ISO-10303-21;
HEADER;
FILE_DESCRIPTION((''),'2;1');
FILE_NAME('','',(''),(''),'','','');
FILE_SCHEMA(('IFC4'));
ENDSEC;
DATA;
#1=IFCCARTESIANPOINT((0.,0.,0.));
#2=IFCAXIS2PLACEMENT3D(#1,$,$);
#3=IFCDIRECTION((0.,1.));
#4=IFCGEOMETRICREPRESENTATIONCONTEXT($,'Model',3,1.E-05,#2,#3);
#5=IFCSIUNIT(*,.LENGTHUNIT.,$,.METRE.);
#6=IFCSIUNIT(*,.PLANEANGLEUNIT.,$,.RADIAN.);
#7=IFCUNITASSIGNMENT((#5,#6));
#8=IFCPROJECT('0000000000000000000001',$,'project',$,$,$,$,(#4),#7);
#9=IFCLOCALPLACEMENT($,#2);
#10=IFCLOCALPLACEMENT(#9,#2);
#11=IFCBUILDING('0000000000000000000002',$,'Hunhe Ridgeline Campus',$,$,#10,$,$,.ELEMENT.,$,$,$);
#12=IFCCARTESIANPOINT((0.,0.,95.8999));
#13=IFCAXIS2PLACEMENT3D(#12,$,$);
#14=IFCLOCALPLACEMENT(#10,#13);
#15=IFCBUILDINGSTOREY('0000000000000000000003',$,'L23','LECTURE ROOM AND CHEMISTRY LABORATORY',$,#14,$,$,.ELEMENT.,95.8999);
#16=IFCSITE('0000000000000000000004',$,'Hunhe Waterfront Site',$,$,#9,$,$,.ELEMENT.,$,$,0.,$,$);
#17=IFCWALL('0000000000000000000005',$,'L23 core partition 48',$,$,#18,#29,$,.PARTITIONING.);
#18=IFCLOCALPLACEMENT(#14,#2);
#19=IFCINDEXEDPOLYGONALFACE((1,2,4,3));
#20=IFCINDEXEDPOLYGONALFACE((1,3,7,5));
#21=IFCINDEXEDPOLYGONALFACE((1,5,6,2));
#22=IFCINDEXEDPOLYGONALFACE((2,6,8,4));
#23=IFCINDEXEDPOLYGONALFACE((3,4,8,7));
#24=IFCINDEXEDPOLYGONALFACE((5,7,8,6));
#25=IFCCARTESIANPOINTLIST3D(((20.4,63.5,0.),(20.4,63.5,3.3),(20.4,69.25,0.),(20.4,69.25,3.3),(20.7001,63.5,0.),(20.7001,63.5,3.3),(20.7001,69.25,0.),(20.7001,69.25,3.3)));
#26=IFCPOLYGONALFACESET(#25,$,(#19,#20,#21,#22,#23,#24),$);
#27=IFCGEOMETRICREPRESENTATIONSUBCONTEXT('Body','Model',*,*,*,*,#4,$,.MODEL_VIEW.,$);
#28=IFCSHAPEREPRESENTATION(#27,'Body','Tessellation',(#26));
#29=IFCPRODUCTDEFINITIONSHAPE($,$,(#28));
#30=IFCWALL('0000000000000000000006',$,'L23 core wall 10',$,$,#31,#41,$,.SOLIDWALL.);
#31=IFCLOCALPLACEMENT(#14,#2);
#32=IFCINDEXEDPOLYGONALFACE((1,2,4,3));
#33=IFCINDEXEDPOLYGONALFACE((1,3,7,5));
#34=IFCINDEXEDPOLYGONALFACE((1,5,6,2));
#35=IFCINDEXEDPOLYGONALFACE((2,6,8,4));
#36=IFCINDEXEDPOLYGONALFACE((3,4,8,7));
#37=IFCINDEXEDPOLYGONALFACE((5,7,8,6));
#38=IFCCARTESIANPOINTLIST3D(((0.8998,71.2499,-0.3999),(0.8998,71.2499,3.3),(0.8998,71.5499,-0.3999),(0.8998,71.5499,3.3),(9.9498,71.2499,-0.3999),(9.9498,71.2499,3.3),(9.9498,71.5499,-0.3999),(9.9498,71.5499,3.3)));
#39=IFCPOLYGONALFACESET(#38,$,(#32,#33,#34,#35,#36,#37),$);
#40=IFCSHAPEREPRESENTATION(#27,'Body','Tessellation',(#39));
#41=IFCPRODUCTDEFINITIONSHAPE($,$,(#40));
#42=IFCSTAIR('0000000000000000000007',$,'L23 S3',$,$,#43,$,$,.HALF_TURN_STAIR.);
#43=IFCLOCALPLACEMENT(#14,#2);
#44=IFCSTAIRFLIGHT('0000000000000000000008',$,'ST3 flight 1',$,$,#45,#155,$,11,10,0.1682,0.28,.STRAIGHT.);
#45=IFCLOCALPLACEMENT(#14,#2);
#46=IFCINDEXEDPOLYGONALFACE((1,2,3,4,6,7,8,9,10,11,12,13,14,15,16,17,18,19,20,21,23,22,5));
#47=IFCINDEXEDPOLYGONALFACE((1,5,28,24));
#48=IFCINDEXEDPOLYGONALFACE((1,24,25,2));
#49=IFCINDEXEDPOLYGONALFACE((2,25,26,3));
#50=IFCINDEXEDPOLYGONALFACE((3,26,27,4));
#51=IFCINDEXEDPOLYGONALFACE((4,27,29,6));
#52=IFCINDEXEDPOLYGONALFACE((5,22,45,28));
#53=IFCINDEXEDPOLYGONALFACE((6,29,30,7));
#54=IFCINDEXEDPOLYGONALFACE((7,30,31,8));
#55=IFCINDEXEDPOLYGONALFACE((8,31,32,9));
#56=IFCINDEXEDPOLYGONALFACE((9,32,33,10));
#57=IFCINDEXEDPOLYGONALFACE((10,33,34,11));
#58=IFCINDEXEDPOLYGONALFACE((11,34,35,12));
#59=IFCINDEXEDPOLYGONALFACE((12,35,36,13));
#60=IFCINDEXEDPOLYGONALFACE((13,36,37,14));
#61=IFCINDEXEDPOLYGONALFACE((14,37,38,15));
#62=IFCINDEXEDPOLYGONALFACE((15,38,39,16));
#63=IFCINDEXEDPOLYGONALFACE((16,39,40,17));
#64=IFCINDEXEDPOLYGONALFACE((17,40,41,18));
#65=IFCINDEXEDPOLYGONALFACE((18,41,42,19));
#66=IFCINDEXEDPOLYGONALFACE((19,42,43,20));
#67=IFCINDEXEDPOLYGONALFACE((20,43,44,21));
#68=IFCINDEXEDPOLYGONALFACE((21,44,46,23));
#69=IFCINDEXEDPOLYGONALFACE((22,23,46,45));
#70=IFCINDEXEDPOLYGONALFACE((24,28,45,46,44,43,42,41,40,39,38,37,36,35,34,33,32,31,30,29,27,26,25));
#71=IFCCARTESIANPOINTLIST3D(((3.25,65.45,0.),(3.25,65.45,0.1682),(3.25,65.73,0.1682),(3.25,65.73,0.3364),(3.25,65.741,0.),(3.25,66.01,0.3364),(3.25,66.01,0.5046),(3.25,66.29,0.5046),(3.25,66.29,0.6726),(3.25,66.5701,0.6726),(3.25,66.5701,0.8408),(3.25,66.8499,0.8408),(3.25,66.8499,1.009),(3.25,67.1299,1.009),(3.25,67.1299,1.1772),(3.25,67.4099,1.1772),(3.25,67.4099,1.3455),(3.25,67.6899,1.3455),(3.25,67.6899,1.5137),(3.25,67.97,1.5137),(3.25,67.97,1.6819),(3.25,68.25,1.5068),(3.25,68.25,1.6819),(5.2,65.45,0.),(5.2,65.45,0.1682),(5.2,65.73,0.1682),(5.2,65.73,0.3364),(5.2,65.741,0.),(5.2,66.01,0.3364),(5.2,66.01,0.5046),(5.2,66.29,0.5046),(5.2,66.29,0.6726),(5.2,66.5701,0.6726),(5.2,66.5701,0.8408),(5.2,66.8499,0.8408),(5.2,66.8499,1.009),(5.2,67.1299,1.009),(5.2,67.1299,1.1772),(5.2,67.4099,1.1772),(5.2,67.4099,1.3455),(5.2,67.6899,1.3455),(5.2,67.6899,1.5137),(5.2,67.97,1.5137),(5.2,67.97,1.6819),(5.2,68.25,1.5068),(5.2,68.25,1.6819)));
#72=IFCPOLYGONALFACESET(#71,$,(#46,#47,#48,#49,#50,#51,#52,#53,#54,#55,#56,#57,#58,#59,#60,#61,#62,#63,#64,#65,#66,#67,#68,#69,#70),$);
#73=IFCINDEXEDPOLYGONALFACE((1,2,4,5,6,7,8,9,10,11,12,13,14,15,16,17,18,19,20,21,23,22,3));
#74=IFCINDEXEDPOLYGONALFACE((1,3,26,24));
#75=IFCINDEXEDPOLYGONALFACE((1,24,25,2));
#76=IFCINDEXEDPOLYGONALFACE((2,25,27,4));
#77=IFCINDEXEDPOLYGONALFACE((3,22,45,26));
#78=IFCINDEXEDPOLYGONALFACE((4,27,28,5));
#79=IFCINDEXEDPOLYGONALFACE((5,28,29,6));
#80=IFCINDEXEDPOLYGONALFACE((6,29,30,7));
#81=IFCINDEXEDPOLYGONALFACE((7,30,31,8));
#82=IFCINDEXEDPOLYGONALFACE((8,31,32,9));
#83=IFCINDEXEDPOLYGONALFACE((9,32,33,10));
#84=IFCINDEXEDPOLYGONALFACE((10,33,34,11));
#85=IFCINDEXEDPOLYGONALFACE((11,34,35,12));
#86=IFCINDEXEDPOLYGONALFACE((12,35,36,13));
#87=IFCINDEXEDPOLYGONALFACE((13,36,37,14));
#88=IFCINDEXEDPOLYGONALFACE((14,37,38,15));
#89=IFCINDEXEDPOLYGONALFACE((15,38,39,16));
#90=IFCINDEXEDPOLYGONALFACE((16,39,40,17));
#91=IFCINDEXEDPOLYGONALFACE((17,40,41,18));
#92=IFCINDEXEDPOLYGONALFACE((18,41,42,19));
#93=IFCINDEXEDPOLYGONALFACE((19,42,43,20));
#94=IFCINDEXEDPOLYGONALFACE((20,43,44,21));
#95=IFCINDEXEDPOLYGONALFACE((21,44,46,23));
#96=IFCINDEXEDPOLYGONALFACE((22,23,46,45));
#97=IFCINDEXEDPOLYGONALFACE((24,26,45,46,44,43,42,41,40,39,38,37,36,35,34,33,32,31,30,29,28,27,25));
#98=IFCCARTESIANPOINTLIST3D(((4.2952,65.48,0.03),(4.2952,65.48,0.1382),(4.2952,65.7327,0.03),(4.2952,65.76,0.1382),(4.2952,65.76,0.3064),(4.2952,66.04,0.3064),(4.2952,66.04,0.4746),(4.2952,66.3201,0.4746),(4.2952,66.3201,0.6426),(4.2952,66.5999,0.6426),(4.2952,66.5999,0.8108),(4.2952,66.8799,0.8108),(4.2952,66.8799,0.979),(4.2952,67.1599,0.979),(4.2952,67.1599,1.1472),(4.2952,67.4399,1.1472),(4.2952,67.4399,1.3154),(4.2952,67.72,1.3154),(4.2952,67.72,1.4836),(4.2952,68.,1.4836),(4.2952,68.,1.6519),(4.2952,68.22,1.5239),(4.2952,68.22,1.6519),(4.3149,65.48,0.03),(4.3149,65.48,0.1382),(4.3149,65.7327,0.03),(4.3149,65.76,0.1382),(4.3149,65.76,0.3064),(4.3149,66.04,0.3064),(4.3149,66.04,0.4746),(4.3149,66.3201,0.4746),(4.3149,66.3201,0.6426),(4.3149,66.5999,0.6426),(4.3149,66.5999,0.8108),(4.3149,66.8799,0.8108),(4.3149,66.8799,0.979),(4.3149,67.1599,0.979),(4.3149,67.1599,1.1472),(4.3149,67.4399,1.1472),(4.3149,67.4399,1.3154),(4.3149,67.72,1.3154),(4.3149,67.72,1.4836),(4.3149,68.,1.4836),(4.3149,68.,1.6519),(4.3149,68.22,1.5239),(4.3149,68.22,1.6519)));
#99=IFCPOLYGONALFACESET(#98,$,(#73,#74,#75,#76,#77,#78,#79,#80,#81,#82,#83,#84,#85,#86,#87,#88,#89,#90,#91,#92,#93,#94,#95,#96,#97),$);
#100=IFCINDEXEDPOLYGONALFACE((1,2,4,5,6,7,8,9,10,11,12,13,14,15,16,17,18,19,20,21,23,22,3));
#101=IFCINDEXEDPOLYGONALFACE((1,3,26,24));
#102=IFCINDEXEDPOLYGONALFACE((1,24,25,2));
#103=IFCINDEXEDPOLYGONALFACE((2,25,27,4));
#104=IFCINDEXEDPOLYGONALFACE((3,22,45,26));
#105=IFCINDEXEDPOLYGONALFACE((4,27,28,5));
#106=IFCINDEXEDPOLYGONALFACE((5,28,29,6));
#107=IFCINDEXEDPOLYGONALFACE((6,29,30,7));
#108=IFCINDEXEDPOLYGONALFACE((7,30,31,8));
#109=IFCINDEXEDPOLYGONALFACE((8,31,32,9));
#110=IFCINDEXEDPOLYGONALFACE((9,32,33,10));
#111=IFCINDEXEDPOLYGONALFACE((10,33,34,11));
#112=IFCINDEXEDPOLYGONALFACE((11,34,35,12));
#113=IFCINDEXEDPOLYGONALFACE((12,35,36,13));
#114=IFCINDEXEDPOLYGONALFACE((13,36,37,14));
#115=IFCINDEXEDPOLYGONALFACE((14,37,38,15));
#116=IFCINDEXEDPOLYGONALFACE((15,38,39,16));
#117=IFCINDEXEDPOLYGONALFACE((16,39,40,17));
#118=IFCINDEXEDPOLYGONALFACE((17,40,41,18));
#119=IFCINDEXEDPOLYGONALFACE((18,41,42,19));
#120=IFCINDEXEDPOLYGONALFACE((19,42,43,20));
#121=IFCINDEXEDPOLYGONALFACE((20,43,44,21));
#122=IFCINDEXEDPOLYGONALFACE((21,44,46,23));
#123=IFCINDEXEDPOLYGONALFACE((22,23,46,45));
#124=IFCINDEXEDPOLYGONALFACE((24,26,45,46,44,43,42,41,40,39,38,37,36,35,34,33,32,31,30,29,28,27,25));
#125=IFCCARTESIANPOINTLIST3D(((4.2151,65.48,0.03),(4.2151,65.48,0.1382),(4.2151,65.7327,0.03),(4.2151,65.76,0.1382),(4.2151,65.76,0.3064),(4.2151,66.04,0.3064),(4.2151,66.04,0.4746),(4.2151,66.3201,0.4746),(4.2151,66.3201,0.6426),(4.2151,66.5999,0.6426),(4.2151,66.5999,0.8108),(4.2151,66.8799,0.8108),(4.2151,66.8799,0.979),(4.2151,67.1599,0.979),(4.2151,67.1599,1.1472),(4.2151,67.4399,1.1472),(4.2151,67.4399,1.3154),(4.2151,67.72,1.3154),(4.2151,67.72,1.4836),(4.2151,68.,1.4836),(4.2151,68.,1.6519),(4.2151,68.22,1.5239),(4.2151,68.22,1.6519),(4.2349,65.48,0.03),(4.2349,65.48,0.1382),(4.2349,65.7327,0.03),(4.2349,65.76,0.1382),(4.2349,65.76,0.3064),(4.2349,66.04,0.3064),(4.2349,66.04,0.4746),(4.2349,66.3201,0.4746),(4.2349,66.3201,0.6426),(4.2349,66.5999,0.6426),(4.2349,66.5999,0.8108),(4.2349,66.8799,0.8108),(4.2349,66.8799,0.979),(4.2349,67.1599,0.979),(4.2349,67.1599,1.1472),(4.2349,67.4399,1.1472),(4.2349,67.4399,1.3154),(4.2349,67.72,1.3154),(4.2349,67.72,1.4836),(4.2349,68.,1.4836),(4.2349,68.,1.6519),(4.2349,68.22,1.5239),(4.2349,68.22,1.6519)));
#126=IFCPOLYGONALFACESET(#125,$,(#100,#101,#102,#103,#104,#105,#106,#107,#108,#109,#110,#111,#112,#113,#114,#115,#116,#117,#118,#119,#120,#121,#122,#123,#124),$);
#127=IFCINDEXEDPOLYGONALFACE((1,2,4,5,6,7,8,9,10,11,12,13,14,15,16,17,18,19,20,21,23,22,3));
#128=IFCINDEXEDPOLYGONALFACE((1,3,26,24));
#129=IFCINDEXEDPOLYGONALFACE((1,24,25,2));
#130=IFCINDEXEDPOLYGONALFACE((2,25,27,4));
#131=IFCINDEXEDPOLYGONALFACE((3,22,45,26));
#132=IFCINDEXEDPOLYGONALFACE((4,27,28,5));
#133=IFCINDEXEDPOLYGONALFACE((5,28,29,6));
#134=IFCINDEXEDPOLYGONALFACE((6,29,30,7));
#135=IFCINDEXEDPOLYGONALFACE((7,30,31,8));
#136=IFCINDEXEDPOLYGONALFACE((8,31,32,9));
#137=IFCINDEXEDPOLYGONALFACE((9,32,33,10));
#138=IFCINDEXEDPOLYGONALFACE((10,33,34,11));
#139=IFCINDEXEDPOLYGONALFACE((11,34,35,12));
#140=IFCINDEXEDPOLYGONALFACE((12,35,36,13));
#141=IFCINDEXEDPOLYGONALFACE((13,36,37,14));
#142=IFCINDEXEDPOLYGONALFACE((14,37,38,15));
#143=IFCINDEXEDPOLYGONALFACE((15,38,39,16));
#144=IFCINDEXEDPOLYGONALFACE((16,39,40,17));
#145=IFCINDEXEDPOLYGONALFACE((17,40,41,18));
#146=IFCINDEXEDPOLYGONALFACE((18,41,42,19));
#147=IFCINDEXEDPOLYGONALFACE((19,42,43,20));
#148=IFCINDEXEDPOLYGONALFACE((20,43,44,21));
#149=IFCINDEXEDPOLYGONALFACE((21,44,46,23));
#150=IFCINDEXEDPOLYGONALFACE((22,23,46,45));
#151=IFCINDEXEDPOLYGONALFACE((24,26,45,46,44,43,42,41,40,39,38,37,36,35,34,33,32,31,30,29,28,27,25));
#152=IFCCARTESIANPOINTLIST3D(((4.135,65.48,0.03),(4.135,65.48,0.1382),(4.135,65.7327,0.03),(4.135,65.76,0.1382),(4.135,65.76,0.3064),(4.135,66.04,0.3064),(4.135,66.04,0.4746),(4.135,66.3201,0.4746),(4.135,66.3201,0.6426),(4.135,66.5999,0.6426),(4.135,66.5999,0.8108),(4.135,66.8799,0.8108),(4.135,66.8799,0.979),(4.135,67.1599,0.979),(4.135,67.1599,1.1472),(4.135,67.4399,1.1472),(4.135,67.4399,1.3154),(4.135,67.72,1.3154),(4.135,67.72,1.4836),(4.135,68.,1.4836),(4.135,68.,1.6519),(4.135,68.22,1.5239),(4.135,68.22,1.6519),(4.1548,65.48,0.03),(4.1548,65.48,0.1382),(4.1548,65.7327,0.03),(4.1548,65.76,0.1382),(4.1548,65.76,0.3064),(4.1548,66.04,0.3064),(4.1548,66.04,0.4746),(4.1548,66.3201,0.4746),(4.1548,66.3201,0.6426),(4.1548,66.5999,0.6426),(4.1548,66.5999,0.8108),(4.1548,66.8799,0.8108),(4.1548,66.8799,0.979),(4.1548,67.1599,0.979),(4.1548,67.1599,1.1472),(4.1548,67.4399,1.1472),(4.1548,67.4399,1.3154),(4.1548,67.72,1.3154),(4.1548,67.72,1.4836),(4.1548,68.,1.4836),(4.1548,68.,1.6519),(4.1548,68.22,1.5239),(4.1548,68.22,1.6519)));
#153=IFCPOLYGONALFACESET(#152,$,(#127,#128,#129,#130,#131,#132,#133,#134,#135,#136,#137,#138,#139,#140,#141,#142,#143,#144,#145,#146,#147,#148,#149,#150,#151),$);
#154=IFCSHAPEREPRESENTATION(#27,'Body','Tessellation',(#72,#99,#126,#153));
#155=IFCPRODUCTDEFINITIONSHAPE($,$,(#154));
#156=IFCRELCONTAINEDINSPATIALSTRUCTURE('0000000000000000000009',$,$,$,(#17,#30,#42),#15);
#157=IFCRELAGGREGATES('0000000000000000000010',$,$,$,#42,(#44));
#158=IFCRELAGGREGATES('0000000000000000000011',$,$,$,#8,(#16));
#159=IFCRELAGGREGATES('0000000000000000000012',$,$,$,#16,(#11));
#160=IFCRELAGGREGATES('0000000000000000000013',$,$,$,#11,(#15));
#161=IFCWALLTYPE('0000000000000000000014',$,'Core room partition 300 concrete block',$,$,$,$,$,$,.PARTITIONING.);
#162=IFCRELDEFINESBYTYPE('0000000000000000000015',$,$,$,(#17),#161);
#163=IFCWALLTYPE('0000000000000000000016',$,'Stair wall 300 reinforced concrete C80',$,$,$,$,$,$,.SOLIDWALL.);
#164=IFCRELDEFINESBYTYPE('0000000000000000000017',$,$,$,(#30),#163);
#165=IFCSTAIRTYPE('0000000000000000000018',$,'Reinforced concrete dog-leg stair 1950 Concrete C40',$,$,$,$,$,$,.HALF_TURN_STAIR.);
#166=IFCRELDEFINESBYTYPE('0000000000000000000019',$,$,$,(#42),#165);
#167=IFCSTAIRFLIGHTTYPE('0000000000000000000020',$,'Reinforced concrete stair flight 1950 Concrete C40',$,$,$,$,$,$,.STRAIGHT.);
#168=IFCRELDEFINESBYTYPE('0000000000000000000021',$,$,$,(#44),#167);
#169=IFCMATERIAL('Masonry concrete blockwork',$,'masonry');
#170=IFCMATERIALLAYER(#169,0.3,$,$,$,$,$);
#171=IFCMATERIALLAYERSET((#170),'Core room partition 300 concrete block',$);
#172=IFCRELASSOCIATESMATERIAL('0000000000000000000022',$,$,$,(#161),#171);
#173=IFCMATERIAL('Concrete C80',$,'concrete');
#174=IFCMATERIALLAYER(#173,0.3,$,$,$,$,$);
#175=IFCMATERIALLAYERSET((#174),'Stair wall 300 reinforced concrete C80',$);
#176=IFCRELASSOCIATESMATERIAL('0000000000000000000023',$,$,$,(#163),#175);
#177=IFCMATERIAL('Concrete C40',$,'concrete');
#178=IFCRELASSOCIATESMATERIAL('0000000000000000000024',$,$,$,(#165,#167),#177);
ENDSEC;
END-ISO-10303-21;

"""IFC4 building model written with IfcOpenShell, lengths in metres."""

from ifc_helpers import new_model, si_unit, direction, frame, frame_2d, origin, place, context, subcontext, project, spatial, polyline, rectangle, outline, extrude, material, layer, layer_set, type_object, element, aggregate, save


model = new_model("IFC4")

# Units and contexts
model_context = context("Model", 3, precision=1e-05, world=origin(), true_north=direction((0.0, 1.0)))
body_context = subcontext(model_context, "Body", "Model", "MODEL_VIEW")
ifc_project = project(units=[si_unit("LENGTHUNIT", "METRE"), si_unit("PLANEANGLEUNIT", "RADIAN")], contexts=[model_context])

# Site, building, storey
site_placement = place(None, origin())
site = spatial("IfcSite", under=ifc_project, at=site_placement, Name="Hunhe Waterfront Site", CompositionType="ELEMENT", RefElevation=0.0)
building_placement = place(site_placement, origin())
building = spatial("IfcBuilding", under=site, at=building_placement, Name="Hunhe Ridgeline Campus", CompositionType="ELEMENT")
storey_placement = place(building_placement, frame((0.0, 0.0, 95.8999)))
storey = spatial("IfcBuildingStorey", under=building, at=storey_placement, Name="L23", Description="LECTURE ROOM AND CHEMISTRY LABORATORY", CompositionType="ELEMENT", Elevation=95.8999)

# Shared definitions
ifc_material_1 = material(Name="Masonry concrete blockwork", Category="masonry")
ifc_layer_1 = layer(ifc_material_1, 0.3)
ifc_layer_set_1 = layer_set([ifc_layer_1], Name="Core room partition 300 concrete block")
wall_type_1 = type_object("IfcWallType", Name="Core room partition 300 concrete block", PredefinedType="PARTITIONING", material=ifc_layer_set_1)

# Wall
wall_1_placement = place(storey_placement, frame((20.55, 63.5, 0.0), z_axis=(0.0, 0.0, 1.0), x_axis=(0.0, 1.0, 0.0)))
element("IfcWall", 1, at=wall_1_placement, inside=storey, type_object=wall_type_1, Name="L23 core partition 48", PredefinedType="PARTITIONING", context=body_context, shape_type="SweptSolid", body=[
    extrude(rectangle(XDim=5.75, YDim=0.3, at=frame_2d((2.875, 0.0))), origin(), (0.0, 0.0, 1.0), 3.3),
])

# Shared definitions
ifc_material_2 = material(Name="Concrete C80", Category="concrete")

# Wall
ifc_layer_2 = layer(ifc_material_2, 0.3)
ifc_layer_set_2 = layer_set([ifc_layer_2], Name="Stair wall 300 reinforced concrete C80")
wall_type_2 = type_object("IfcWallType", Name="Stair wall 300 reinforced concrete C80", PredefinedType="SOLIDWALL", material=ifc_layer_set_2)
wall_2_placement = place(storey_placement, frame((0.8999, 71.3999, -0.3999), z_axis=(0.0, 0.0, 1.0), x_axis=(1.0, 0.0, 0.0)))
element("IfcWall", 2, at=wall_2_placement, inside=storey, type_object=wall_type_2, Name="L23 core wall 10", PredefinedType="SOLIDWALL", context=body_context, shape_type="SweptSolid", body=[
    extrude(rectangle(XDim=9.05, YDim=0.3, at=frame_2d((4.5249, 0.0))), origin(), (0.0, 0.0, 1.0), 3.7),
])

# Stair, stair flight
ifc_material_3 = material(Name="Concrete C40", Category="concrete")
stair_type = type_object("IfcStairType", Name="Reinforced concrete dog-leg stair 1950 Concrete C40", PredefinedType="HALF_TURN_STAIR", material=ifc_material_3)
stair_1_placement = place(storey_placement, origin())
stair_1 = element("IfcStair", 3, at=stair_1_placement, inside=storey, type_object=stair_type, Name="L23 S3", PredefinedType="HALF_TURN_STAIR")
stair_flight_type = type_object("IfcStairFlightType", Name="Reinforced concrete stair flight 1950 Concrete C40", PredefinedType="STRAIGHT", material=ifc_material_3)
stair_flight_1_placement = place(storey_placement, frame((4.2251, 65.45, 0.0), z_axis=(0.0, 0.0, 1.0), x_axis=(0.0, 1.0, 0.0)))
stair_flight_1 = element("IfcStairFlight", 4, at=stair_flight_1_placement, type_object=stair_flight_type, Name="ST3 flight 1", NumberOfRisers=11, NumberOfTreads=10, PredefinedType="STRAIGHT", RiserHeight=0.1682, TreadLength=0.28, context=body_context, shape_type="SweptSolid", body=[
    extrude(outline(polyline([(0.0, 0.0), (0.0, 0.1682), (0.28, 0.1682), (0.28, 0.3364), (0.5601, 0.3364), (0.5601, 0.5046), (0.8401, 0.5046), (0.8401, 0.6726), (1.1201, 0.6726), (1.1201, 0.8408), (1.3999, 0.8408), (1.3999, 1.009), (1.6799, 1.009), (1.6799, 1.1772), (1.96, 1.1772), (1.96, 1.3455), (2.24, 1.3455), (2.24, 1.5137), (2.52, 1.5137), (2.52, 1.6819), (2.8, 1.6819), (2.8, 1.8501), (2.8, 1.5068), (0.291, 0.0), (0.0, 0.0)])), frame((0.0, 0.9751, 0.0), z_axis=(0.0, -1.0, 0.0), x_axis=(1.0, 0.0, 0.0)), (0.0, 0.0, 1.0), 1.95),
    extrude(outline(polyline([(0.03, 0.03), (0.03, 0.1382), (0.3101, 0.1382), (0.3101, 0.3064), (0.5901, 0.3064), (0.5901, 0.4746), (0.8701, 0.4746), (0.8701, 0.6426), (1.1499, 0.6426), (1.1499, 0.8108), (1.4299, 0.8108), (1.4299, 0.979), (1.71, 0.979), (1.71, 1.1472), (1.99, 1.1472), (1.99, 1.3154), (2.27, 1.3154), (2.27, 1.4836), (2.55, 1.4836), (2.55, 1.6519), (2.77, 1.6519), (2.77, 1.5239), (0.2827, 0.03), (0.03, 0.03)])), frame((0.0, -0.0701, 0.0), z_axis=(0.0, -1.0, 0.0), x_axis=(1.0, 0.0, 0.0)), (0.0, 0.0, 1.0), 0.0198),
    extrude(outline(polyline([(0.03, 0.03), (0.03, 0.1382), (0.3101, 0.1382), (0.3101, 0.3064), (0.5901, 0.3064), (0.5901, 0.4746), (0.8701, 0.4746), (0.8701, 0.6426), (1.1499, 0.6426), (1.1499, 0.8108), (1.4299, 0.8108), (1.4299, 0.979), (1.71, 0.979), (1.71, 1.1472), (1.99, 1.1472), (1.99, 1.3154), (2.27, 1.3154), (2.27, 1.4836), (2.55, 1.4836), (2.55, 1.6519), (2.77, 1.6519), (2.77, 1.5239), (0.2827, 0.03), (0.03, 0.03)])), frame((0.0, 0.01, 0.0), z_axis=(0.0, -1.0, 0.0), x_axis=(1.0, 0.0, 0.0)), (0.0, 0.0, 1.0), 0.0198),
    extrude(outline(polyline([(0.03, 0.03), (0.03, 0.1382), (0.3101, 0.1382), (0.3101, 0.3064), (0.5901, 0.3064), (0.5901, 0.4746), (0.8701, 0.4746), (0.8701, 0.6426), (1.1499, 0.6426), (1.1499, 0.8108), (1.4299, 0.8108), (1.4299, 0.979), (1.71, 0.979), (1.71, 1.1472), (1.99, 1.1472), (1.99, 1.3154), (2.27, 1.3154), (2.27, 1.4836), (2.55, 1.4836), (2.55, 1.6519), (2.77, 1.6519), (2.77, 1.5239), (0.2827, 0.03), (0.03, 0.03)])), frame((0.0, 0.0901, 0.0), z_axis=(0.0, -1.0, 0.0), x_axis=(1.0, 0.0, 0.0)), (0.0, 0.0, 1.0), 0.0198),
])
aggregate(stair_1, [stair_flight_1])

save(model, "model.ifc")
